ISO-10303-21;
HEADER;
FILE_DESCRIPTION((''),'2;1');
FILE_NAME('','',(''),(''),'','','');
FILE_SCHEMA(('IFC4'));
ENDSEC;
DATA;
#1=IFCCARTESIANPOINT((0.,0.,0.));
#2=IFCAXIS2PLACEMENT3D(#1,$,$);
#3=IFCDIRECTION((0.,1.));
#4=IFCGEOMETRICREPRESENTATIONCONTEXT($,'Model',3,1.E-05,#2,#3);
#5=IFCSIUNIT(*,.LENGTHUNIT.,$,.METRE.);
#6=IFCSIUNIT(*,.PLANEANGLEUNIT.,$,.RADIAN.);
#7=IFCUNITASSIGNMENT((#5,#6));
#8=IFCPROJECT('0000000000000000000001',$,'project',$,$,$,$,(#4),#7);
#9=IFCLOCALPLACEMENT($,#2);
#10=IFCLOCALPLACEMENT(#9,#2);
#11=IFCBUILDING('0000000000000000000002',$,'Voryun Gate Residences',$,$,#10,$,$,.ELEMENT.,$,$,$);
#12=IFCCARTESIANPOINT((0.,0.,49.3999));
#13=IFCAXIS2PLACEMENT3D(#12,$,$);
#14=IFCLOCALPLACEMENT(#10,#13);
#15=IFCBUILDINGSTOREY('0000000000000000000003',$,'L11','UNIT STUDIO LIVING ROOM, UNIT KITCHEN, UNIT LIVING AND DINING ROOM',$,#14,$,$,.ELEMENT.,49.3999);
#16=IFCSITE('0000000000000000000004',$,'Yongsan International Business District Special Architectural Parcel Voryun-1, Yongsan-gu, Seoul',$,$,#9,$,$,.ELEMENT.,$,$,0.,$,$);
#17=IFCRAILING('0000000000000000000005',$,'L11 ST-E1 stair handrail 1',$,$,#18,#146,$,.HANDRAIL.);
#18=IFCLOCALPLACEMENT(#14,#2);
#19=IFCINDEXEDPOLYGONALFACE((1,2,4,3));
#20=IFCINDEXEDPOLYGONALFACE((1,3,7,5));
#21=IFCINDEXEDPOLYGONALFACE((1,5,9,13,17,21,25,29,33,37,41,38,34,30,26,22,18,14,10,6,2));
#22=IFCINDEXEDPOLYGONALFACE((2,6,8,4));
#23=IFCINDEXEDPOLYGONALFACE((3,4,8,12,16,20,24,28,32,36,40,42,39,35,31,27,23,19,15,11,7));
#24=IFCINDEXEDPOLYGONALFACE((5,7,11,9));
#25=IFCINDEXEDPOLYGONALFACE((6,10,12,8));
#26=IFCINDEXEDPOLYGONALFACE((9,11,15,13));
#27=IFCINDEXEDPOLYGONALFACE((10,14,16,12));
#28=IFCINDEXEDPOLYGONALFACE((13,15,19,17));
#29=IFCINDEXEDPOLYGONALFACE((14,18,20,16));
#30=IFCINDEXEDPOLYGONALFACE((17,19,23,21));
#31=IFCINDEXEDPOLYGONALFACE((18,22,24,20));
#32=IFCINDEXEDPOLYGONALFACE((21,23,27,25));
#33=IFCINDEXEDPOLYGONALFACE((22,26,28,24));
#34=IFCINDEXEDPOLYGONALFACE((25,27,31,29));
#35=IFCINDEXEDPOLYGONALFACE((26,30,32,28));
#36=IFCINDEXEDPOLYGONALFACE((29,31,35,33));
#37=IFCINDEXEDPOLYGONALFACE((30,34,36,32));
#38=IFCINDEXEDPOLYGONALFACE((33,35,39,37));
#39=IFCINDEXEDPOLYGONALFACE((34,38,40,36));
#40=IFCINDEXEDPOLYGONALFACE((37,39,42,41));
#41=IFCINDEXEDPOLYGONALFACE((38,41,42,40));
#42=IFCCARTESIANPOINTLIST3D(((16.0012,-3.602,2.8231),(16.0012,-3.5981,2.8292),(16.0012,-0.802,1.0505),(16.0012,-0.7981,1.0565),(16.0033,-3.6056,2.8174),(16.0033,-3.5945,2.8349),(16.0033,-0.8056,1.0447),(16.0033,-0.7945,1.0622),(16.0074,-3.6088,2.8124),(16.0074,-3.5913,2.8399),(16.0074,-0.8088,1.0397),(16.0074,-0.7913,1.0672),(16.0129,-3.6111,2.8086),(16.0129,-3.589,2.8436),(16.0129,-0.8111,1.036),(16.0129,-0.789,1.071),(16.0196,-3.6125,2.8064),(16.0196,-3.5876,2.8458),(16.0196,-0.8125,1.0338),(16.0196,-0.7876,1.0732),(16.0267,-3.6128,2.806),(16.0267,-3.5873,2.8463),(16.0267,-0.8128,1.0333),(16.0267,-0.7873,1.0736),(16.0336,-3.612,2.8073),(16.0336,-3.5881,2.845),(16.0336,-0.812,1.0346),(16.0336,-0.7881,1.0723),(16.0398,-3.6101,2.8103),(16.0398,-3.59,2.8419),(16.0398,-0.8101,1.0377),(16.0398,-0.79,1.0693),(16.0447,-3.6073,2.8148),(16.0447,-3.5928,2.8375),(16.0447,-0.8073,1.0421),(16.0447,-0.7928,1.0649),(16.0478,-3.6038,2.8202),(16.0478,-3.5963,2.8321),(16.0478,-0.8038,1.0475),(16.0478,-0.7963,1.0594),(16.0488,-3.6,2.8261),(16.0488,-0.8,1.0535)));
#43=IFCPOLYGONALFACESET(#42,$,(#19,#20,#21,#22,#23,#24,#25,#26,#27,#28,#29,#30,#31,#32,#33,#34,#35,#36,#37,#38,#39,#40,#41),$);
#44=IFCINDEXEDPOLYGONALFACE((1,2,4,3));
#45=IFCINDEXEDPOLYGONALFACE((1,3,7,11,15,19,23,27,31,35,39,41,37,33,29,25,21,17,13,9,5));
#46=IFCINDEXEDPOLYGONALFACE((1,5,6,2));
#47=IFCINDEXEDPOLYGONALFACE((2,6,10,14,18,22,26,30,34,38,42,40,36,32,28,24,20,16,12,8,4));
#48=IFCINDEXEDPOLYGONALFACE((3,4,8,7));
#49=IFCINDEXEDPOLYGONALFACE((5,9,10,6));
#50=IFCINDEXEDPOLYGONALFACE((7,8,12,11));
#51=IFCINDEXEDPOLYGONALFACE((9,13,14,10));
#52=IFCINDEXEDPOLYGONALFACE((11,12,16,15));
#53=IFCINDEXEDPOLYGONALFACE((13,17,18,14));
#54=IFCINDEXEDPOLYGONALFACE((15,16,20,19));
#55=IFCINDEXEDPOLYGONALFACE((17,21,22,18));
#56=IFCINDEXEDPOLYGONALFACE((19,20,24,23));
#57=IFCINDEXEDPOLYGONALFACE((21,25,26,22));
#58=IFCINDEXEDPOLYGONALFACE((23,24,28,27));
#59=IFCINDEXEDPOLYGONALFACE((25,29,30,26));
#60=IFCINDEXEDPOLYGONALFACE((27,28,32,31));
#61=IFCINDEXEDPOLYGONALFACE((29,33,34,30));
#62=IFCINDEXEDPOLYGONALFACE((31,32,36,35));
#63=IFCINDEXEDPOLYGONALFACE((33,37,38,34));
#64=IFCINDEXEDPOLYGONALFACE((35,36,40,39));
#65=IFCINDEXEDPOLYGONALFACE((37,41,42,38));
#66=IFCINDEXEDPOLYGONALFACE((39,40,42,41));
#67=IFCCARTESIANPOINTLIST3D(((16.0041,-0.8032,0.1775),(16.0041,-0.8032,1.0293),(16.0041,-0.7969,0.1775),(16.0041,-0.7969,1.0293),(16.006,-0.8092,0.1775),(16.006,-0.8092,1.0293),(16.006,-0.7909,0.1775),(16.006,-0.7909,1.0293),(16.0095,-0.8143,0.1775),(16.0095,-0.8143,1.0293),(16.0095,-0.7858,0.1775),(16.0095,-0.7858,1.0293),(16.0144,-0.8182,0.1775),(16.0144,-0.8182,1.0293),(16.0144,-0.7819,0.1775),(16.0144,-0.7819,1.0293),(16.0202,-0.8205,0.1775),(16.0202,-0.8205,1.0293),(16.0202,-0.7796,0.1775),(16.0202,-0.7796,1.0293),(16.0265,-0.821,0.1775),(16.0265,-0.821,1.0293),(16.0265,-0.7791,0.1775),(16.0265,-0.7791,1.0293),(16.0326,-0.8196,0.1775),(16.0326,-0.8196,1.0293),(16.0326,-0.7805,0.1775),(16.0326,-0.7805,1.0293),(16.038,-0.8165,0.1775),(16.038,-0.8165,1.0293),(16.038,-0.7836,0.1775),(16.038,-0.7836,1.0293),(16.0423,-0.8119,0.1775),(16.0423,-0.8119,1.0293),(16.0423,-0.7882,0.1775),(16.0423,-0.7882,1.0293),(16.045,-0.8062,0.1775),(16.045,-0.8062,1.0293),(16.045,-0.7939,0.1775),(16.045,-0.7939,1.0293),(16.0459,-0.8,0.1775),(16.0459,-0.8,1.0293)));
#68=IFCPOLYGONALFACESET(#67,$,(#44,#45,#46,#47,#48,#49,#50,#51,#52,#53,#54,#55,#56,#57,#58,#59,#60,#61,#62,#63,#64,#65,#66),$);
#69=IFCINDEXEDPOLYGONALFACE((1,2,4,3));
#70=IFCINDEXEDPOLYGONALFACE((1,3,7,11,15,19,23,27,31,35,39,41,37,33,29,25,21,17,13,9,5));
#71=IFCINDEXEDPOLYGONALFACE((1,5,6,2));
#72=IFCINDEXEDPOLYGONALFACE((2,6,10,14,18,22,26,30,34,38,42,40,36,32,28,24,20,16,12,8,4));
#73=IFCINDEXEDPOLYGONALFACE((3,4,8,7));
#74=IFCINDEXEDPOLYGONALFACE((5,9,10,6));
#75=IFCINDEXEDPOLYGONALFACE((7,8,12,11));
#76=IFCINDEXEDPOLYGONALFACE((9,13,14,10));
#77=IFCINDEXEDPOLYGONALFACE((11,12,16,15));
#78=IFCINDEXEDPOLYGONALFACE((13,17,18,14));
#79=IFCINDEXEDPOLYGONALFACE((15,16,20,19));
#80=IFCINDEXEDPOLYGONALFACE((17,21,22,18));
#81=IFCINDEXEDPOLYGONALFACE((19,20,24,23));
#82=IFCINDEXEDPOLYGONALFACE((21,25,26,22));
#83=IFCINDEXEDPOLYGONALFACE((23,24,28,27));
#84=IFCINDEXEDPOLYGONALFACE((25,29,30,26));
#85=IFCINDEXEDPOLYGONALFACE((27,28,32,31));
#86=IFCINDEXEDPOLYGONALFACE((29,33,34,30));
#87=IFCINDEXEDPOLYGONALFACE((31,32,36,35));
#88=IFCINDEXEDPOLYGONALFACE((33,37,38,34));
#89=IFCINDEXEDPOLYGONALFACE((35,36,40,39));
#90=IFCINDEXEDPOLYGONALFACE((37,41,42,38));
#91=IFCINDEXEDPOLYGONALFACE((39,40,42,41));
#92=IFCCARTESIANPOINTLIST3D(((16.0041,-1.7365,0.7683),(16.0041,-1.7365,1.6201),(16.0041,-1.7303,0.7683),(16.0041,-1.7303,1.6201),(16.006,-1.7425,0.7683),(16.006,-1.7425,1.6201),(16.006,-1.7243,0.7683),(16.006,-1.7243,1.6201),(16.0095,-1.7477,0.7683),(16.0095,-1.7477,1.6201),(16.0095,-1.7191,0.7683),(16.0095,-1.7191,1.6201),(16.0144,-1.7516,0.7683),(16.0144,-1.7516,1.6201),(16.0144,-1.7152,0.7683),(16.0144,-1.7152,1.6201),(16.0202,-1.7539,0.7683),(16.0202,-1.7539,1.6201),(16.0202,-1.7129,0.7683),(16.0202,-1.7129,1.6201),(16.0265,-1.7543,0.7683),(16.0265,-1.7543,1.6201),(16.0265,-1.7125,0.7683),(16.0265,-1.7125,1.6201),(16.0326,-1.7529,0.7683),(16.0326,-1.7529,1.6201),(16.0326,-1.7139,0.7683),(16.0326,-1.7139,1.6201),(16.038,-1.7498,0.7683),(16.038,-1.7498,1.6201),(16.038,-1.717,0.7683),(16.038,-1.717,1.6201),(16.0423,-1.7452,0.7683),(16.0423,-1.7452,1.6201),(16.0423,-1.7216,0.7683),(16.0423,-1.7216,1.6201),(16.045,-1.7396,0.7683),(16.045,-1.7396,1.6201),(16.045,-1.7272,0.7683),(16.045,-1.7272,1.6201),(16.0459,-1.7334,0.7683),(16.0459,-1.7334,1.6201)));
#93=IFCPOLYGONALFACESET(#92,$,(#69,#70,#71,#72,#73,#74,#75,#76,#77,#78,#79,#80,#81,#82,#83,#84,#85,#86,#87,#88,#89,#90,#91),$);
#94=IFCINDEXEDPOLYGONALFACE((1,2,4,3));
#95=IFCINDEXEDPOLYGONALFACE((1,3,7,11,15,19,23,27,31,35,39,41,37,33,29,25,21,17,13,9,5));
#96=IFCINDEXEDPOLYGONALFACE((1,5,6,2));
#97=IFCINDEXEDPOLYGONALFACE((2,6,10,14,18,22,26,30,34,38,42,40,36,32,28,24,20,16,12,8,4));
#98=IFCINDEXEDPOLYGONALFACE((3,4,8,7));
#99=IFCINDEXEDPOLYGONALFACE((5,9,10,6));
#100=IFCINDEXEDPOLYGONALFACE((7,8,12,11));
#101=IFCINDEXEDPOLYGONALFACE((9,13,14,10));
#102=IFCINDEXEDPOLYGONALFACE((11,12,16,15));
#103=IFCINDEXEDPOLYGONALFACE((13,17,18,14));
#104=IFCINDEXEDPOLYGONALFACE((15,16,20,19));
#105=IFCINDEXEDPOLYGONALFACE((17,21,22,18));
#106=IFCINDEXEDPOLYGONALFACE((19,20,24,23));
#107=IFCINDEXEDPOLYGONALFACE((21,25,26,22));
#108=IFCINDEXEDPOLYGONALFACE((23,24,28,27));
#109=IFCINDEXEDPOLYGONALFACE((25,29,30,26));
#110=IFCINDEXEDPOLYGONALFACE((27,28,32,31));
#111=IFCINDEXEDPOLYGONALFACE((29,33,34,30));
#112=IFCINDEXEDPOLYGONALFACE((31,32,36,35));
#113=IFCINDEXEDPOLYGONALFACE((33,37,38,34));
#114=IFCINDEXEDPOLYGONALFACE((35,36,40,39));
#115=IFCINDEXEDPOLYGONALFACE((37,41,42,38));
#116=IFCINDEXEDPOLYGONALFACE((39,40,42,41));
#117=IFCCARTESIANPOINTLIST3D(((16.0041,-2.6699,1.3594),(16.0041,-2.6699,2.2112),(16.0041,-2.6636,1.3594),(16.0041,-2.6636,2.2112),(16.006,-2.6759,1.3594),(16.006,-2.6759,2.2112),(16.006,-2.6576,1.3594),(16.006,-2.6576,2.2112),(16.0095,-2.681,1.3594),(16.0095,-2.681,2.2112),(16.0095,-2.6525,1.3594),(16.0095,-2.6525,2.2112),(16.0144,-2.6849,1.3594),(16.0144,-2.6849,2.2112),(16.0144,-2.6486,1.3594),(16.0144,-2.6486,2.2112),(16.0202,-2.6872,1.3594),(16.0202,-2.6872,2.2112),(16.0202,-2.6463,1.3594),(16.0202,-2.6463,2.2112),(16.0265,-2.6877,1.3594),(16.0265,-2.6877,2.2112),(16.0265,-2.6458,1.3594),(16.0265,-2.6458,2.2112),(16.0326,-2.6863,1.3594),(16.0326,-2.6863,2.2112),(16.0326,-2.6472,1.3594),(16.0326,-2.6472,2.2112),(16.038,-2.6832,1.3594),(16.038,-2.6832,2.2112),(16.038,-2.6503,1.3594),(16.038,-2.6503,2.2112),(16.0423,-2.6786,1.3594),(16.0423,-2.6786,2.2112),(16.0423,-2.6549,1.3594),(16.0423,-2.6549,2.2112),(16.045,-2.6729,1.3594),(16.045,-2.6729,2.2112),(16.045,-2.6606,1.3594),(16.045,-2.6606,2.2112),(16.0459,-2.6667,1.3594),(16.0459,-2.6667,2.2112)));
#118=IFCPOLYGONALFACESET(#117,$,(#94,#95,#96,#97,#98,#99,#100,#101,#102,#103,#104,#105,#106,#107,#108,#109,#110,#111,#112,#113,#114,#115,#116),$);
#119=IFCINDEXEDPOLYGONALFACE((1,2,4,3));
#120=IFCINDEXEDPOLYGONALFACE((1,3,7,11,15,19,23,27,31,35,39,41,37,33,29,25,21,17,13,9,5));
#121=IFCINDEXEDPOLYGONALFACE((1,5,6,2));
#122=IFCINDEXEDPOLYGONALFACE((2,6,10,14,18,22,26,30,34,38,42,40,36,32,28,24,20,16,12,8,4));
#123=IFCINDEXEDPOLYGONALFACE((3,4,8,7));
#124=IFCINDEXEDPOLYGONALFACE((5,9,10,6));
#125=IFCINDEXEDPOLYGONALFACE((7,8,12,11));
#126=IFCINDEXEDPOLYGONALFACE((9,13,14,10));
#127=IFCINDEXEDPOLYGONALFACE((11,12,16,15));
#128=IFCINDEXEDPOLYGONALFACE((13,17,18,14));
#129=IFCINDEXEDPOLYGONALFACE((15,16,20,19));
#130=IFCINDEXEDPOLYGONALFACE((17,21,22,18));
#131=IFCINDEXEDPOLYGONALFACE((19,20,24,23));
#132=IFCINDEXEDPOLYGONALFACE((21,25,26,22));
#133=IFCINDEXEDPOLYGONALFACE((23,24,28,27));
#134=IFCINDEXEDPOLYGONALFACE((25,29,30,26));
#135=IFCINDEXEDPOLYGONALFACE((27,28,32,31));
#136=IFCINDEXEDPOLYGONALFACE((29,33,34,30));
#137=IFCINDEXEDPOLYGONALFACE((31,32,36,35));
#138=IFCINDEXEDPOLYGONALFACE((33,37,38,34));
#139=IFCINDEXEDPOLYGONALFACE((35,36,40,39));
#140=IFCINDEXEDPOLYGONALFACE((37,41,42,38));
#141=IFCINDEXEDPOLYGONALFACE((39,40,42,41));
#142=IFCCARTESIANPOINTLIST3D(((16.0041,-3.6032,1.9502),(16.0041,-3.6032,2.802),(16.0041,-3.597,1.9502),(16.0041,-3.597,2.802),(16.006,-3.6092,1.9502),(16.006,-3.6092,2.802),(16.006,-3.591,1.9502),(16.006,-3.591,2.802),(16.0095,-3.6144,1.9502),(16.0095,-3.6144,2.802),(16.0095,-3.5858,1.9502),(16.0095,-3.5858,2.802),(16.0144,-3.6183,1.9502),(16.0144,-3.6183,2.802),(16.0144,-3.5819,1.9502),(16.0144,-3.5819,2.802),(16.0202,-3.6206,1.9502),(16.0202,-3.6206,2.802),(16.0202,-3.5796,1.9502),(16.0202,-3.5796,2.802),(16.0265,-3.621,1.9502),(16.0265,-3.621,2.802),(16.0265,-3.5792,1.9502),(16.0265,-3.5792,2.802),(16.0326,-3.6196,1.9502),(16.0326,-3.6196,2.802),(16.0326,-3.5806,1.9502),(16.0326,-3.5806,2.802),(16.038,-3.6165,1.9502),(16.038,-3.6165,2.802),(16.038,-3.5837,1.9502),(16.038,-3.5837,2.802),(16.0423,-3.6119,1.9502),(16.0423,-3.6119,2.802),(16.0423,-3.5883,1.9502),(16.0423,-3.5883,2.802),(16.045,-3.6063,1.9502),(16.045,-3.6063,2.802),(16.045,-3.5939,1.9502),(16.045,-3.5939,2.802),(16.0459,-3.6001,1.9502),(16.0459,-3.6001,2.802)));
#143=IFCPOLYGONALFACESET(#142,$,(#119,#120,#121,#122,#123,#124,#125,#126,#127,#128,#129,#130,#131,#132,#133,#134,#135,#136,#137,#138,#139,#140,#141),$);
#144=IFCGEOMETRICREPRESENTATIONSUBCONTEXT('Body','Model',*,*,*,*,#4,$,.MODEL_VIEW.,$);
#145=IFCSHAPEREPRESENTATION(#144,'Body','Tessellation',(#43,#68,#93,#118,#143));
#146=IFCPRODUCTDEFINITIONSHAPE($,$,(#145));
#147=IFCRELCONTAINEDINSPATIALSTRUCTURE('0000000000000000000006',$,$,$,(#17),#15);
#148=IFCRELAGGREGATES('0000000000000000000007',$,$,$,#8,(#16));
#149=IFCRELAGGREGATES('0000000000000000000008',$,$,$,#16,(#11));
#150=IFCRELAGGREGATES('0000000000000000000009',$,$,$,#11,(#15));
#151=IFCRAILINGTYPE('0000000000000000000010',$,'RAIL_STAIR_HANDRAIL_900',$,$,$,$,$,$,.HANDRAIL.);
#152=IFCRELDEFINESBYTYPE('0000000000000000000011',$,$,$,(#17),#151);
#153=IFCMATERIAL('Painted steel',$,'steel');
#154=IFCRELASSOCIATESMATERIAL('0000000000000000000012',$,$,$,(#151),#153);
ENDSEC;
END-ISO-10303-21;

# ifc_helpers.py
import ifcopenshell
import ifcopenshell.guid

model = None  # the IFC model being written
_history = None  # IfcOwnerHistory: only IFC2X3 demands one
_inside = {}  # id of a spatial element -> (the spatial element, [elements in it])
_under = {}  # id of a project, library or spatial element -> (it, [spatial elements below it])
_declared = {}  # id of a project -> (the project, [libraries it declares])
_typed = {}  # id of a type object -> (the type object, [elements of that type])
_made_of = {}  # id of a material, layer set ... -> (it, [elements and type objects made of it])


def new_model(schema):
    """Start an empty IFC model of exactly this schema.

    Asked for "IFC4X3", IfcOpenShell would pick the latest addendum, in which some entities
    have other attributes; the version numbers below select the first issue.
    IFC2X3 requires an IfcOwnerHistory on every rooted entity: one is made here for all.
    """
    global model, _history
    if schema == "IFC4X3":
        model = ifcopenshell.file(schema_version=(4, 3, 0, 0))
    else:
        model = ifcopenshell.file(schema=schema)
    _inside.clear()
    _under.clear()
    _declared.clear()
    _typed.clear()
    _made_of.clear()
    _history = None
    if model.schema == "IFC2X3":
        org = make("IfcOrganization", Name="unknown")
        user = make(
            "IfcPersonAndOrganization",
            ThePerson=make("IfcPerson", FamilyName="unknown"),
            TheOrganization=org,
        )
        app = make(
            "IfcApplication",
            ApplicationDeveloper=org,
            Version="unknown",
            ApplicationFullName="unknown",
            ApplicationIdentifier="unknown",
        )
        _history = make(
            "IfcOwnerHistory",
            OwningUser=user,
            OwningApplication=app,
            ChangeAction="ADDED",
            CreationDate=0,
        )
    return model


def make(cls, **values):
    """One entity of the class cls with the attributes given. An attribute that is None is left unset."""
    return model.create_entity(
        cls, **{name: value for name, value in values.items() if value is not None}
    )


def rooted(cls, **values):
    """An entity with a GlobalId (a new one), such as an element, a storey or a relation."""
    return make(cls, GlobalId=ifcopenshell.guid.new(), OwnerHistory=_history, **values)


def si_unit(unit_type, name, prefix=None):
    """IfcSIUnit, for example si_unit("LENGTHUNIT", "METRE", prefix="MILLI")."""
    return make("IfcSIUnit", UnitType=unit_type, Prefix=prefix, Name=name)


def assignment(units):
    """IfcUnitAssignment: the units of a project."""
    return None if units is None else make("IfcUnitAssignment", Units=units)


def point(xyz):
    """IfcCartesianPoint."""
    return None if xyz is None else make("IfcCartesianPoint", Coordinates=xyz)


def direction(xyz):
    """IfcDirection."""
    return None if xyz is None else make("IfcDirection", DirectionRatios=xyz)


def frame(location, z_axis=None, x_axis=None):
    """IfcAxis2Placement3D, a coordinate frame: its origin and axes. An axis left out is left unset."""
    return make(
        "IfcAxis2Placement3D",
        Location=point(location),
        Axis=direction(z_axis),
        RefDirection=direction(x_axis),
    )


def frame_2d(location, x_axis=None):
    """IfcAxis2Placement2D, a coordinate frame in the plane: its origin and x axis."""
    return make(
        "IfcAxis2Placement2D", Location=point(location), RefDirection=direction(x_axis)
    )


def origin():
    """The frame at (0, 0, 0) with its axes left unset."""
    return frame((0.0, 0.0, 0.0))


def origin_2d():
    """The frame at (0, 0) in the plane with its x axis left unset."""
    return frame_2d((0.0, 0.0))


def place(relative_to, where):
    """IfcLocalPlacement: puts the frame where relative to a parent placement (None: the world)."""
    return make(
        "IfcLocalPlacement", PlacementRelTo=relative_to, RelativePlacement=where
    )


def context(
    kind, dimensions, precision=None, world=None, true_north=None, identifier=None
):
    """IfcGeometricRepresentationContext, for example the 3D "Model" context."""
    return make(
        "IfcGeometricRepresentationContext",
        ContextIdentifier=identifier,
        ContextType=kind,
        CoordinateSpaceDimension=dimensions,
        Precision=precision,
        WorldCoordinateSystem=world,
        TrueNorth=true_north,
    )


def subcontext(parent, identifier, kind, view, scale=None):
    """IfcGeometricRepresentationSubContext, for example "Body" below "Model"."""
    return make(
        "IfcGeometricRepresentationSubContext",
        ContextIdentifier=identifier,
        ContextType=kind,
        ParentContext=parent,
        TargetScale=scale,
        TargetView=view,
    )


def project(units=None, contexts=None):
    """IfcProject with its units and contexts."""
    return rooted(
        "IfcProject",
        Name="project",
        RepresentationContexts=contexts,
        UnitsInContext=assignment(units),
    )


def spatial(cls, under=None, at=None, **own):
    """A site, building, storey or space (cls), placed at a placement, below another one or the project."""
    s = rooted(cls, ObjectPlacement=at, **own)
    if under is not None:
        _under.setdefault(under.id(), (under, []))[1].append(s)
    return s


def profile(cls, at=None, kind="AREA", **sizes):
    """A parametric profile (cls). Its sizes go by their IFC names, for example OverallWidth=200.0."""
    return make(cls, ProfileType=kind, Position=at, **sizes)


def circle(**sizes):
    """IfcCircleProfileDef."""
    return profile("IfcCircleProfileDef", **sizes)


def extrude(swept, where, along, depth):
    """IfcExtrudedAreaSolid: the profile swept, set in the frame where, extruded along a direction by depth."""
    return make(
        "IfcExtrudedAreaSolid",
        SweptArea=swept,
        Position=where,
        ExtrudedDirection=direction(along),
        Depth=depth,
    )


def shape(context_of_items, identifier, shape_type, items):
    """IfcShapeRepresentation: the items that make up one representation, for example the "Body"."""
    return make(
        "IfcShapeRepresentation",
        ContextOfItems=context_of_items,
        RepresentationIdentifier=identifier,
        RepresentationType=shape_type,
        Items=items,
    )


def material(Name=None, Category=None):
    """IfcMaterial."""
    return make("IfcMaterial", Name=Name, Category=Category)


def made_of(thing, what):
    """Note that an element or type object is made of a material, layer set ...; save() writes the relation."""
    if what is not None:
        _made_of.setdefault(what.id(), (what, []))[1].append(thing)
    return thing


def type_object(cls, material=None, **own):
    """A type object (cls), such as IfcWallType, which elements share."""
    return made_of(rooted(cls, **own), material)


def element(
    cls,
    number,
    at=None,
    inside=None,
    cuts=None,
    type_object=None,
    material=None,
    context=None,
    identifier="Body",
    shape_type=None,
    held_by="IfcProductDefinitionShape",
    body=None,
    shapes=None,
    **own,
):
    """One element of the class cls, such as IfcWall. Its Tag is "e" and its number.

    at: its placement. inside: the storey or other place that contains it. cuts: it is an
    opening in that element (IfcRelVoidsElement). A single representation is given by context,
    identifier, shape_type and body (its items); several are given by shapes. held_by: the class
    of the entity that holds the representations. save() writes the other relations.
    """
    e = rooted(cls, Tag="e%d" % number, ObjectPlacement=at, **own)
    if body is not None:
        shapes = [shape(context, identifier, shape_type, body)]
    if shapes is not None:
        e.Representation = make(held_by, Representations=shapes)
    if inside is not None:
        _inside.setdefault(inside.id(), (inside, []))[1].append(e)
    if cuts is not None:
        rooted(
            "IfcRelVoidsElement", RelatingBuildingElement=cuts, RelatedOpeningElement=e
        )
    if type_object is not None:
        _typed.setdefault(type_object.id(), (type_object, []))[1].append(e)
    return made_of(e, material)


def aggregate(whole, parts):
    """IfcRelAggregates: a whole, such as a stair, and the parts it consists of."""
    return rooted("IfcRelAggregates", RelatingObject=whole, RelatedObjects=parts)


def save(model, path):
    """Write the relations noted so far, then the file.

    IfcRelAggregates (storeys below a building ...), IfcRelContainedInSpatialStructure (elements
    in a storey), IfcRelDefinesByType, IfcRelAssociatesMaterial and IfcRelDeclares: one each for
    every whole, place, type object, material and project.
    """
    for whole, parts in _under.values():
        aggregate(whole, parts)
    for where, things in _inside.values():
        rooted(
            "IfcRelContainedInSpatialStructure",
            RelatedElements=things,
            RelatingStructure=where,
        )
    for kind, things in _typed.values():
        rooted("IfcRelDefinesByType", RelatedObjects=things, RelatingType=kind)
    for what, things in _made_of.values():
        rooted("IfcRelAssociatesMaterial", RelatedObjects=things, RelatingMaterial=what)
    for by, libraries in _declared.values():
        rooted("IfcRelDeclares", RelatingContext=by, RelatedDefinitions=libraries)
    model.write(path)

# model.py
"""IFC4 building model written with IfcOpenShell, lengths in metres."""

from ifc_helpers import new_model, si_unit, direction, frame, origin, origin_2d, place, context, subcontext, project, spatial, circle, extrude, material, type_object, element, save


model = new_model("IFC4")

# Units and contexts
model_context = context("Model", 3, precision=1e-05, world=origin(), true_north=direction((0.0, 1.0)))
body_context = subcontext(model_context, "Body", "Model", "MODEL_VIEW")
ifc_project = project(units=[si_unit("LENGTHUNIT", "METRE"), si_unit("PLANEANGLEUNIT", "RADIAN")], contexts=[model_context])

# Site, building, storey
site_placement = place(None, origin())
site = spatial("IfcSite", under=ifc_project, at=site_placement, Name="Yongsan International Business District Special Architectural Parcel Voryun-1, Yongsan-gu, Seoul", CompositionType="ELEMENT", RefElevation=0.0)
building_placement = place(site_placement, origin())
building = spatial("IfcBuilding", under=site, at=building_placement, Name="Voryun Gate Residences", CompositionType="ELEMENT")
storey_placement = place(building_placement, frame((0.0, 0.0, 49.3999)))
storey = spatial("IfcBuildingStorey", under=building, at=storey_placement, Name="L11", Description="UNIT STUDIO LIVING ROOM, UNIT KITCHEN, UNIT LIVING AND DINING ROOM", CompositionType="ELEMENT", Elevation=49.3999)

# Railing
ifc_material_1 = material(Name="Painted steel", Category="steel")
railing_type_1 = type_object("IfcRailingType", Name="RAIL_STAIR_HANDRAIL_900", PredefinedType="HANDRAIL", material=ifc_material_1)
railing_1_placement = place(storey_placement, frame((16.0249, -0.8, 0.1775)))
element("IfcRailing", 1, at=railing_1_placement, inside=storey, type_object=railing_type_1, Name="L11 ST-E1 stair handrail 1", PredefinedType="HANDRAIL", context=body_context, shape_type="SweptSolid", body=[
    extrude(circle(Radius=0.0239, at=origin_2d()), frame((0.0, 0.0, 0.876), z_axis=(0.0, -0.844909, 0.53491), x_axis=(1.0, 0.0, 0.0)), (0.0, 0.0, 1.0), 3.314),
    extrude(circle(Radius=0.021, at=origin_2d()), origin(), (0.0, 0.0, 1.0), 0.8518),
    extrude(circle(Radius=0.021, at=origin_2d()), frame((0.0, -0.9333, 0.5908)), (0.0, 0.0, 1.0), 0.8518),
    extrude(circle(Radius=0.021, at=origin_2d()), frame((0.0, -1.8667, 1.1819)), (0.0, 0.0, 1.0), 0.8518),
    extrude(circle(Radius=0.021, at=origin_2d()), frame((0.0, -2.8, 1.7727)), (0.0, 0.0, 1.0), 0.8518),
])

save(model, "model.ifc")
